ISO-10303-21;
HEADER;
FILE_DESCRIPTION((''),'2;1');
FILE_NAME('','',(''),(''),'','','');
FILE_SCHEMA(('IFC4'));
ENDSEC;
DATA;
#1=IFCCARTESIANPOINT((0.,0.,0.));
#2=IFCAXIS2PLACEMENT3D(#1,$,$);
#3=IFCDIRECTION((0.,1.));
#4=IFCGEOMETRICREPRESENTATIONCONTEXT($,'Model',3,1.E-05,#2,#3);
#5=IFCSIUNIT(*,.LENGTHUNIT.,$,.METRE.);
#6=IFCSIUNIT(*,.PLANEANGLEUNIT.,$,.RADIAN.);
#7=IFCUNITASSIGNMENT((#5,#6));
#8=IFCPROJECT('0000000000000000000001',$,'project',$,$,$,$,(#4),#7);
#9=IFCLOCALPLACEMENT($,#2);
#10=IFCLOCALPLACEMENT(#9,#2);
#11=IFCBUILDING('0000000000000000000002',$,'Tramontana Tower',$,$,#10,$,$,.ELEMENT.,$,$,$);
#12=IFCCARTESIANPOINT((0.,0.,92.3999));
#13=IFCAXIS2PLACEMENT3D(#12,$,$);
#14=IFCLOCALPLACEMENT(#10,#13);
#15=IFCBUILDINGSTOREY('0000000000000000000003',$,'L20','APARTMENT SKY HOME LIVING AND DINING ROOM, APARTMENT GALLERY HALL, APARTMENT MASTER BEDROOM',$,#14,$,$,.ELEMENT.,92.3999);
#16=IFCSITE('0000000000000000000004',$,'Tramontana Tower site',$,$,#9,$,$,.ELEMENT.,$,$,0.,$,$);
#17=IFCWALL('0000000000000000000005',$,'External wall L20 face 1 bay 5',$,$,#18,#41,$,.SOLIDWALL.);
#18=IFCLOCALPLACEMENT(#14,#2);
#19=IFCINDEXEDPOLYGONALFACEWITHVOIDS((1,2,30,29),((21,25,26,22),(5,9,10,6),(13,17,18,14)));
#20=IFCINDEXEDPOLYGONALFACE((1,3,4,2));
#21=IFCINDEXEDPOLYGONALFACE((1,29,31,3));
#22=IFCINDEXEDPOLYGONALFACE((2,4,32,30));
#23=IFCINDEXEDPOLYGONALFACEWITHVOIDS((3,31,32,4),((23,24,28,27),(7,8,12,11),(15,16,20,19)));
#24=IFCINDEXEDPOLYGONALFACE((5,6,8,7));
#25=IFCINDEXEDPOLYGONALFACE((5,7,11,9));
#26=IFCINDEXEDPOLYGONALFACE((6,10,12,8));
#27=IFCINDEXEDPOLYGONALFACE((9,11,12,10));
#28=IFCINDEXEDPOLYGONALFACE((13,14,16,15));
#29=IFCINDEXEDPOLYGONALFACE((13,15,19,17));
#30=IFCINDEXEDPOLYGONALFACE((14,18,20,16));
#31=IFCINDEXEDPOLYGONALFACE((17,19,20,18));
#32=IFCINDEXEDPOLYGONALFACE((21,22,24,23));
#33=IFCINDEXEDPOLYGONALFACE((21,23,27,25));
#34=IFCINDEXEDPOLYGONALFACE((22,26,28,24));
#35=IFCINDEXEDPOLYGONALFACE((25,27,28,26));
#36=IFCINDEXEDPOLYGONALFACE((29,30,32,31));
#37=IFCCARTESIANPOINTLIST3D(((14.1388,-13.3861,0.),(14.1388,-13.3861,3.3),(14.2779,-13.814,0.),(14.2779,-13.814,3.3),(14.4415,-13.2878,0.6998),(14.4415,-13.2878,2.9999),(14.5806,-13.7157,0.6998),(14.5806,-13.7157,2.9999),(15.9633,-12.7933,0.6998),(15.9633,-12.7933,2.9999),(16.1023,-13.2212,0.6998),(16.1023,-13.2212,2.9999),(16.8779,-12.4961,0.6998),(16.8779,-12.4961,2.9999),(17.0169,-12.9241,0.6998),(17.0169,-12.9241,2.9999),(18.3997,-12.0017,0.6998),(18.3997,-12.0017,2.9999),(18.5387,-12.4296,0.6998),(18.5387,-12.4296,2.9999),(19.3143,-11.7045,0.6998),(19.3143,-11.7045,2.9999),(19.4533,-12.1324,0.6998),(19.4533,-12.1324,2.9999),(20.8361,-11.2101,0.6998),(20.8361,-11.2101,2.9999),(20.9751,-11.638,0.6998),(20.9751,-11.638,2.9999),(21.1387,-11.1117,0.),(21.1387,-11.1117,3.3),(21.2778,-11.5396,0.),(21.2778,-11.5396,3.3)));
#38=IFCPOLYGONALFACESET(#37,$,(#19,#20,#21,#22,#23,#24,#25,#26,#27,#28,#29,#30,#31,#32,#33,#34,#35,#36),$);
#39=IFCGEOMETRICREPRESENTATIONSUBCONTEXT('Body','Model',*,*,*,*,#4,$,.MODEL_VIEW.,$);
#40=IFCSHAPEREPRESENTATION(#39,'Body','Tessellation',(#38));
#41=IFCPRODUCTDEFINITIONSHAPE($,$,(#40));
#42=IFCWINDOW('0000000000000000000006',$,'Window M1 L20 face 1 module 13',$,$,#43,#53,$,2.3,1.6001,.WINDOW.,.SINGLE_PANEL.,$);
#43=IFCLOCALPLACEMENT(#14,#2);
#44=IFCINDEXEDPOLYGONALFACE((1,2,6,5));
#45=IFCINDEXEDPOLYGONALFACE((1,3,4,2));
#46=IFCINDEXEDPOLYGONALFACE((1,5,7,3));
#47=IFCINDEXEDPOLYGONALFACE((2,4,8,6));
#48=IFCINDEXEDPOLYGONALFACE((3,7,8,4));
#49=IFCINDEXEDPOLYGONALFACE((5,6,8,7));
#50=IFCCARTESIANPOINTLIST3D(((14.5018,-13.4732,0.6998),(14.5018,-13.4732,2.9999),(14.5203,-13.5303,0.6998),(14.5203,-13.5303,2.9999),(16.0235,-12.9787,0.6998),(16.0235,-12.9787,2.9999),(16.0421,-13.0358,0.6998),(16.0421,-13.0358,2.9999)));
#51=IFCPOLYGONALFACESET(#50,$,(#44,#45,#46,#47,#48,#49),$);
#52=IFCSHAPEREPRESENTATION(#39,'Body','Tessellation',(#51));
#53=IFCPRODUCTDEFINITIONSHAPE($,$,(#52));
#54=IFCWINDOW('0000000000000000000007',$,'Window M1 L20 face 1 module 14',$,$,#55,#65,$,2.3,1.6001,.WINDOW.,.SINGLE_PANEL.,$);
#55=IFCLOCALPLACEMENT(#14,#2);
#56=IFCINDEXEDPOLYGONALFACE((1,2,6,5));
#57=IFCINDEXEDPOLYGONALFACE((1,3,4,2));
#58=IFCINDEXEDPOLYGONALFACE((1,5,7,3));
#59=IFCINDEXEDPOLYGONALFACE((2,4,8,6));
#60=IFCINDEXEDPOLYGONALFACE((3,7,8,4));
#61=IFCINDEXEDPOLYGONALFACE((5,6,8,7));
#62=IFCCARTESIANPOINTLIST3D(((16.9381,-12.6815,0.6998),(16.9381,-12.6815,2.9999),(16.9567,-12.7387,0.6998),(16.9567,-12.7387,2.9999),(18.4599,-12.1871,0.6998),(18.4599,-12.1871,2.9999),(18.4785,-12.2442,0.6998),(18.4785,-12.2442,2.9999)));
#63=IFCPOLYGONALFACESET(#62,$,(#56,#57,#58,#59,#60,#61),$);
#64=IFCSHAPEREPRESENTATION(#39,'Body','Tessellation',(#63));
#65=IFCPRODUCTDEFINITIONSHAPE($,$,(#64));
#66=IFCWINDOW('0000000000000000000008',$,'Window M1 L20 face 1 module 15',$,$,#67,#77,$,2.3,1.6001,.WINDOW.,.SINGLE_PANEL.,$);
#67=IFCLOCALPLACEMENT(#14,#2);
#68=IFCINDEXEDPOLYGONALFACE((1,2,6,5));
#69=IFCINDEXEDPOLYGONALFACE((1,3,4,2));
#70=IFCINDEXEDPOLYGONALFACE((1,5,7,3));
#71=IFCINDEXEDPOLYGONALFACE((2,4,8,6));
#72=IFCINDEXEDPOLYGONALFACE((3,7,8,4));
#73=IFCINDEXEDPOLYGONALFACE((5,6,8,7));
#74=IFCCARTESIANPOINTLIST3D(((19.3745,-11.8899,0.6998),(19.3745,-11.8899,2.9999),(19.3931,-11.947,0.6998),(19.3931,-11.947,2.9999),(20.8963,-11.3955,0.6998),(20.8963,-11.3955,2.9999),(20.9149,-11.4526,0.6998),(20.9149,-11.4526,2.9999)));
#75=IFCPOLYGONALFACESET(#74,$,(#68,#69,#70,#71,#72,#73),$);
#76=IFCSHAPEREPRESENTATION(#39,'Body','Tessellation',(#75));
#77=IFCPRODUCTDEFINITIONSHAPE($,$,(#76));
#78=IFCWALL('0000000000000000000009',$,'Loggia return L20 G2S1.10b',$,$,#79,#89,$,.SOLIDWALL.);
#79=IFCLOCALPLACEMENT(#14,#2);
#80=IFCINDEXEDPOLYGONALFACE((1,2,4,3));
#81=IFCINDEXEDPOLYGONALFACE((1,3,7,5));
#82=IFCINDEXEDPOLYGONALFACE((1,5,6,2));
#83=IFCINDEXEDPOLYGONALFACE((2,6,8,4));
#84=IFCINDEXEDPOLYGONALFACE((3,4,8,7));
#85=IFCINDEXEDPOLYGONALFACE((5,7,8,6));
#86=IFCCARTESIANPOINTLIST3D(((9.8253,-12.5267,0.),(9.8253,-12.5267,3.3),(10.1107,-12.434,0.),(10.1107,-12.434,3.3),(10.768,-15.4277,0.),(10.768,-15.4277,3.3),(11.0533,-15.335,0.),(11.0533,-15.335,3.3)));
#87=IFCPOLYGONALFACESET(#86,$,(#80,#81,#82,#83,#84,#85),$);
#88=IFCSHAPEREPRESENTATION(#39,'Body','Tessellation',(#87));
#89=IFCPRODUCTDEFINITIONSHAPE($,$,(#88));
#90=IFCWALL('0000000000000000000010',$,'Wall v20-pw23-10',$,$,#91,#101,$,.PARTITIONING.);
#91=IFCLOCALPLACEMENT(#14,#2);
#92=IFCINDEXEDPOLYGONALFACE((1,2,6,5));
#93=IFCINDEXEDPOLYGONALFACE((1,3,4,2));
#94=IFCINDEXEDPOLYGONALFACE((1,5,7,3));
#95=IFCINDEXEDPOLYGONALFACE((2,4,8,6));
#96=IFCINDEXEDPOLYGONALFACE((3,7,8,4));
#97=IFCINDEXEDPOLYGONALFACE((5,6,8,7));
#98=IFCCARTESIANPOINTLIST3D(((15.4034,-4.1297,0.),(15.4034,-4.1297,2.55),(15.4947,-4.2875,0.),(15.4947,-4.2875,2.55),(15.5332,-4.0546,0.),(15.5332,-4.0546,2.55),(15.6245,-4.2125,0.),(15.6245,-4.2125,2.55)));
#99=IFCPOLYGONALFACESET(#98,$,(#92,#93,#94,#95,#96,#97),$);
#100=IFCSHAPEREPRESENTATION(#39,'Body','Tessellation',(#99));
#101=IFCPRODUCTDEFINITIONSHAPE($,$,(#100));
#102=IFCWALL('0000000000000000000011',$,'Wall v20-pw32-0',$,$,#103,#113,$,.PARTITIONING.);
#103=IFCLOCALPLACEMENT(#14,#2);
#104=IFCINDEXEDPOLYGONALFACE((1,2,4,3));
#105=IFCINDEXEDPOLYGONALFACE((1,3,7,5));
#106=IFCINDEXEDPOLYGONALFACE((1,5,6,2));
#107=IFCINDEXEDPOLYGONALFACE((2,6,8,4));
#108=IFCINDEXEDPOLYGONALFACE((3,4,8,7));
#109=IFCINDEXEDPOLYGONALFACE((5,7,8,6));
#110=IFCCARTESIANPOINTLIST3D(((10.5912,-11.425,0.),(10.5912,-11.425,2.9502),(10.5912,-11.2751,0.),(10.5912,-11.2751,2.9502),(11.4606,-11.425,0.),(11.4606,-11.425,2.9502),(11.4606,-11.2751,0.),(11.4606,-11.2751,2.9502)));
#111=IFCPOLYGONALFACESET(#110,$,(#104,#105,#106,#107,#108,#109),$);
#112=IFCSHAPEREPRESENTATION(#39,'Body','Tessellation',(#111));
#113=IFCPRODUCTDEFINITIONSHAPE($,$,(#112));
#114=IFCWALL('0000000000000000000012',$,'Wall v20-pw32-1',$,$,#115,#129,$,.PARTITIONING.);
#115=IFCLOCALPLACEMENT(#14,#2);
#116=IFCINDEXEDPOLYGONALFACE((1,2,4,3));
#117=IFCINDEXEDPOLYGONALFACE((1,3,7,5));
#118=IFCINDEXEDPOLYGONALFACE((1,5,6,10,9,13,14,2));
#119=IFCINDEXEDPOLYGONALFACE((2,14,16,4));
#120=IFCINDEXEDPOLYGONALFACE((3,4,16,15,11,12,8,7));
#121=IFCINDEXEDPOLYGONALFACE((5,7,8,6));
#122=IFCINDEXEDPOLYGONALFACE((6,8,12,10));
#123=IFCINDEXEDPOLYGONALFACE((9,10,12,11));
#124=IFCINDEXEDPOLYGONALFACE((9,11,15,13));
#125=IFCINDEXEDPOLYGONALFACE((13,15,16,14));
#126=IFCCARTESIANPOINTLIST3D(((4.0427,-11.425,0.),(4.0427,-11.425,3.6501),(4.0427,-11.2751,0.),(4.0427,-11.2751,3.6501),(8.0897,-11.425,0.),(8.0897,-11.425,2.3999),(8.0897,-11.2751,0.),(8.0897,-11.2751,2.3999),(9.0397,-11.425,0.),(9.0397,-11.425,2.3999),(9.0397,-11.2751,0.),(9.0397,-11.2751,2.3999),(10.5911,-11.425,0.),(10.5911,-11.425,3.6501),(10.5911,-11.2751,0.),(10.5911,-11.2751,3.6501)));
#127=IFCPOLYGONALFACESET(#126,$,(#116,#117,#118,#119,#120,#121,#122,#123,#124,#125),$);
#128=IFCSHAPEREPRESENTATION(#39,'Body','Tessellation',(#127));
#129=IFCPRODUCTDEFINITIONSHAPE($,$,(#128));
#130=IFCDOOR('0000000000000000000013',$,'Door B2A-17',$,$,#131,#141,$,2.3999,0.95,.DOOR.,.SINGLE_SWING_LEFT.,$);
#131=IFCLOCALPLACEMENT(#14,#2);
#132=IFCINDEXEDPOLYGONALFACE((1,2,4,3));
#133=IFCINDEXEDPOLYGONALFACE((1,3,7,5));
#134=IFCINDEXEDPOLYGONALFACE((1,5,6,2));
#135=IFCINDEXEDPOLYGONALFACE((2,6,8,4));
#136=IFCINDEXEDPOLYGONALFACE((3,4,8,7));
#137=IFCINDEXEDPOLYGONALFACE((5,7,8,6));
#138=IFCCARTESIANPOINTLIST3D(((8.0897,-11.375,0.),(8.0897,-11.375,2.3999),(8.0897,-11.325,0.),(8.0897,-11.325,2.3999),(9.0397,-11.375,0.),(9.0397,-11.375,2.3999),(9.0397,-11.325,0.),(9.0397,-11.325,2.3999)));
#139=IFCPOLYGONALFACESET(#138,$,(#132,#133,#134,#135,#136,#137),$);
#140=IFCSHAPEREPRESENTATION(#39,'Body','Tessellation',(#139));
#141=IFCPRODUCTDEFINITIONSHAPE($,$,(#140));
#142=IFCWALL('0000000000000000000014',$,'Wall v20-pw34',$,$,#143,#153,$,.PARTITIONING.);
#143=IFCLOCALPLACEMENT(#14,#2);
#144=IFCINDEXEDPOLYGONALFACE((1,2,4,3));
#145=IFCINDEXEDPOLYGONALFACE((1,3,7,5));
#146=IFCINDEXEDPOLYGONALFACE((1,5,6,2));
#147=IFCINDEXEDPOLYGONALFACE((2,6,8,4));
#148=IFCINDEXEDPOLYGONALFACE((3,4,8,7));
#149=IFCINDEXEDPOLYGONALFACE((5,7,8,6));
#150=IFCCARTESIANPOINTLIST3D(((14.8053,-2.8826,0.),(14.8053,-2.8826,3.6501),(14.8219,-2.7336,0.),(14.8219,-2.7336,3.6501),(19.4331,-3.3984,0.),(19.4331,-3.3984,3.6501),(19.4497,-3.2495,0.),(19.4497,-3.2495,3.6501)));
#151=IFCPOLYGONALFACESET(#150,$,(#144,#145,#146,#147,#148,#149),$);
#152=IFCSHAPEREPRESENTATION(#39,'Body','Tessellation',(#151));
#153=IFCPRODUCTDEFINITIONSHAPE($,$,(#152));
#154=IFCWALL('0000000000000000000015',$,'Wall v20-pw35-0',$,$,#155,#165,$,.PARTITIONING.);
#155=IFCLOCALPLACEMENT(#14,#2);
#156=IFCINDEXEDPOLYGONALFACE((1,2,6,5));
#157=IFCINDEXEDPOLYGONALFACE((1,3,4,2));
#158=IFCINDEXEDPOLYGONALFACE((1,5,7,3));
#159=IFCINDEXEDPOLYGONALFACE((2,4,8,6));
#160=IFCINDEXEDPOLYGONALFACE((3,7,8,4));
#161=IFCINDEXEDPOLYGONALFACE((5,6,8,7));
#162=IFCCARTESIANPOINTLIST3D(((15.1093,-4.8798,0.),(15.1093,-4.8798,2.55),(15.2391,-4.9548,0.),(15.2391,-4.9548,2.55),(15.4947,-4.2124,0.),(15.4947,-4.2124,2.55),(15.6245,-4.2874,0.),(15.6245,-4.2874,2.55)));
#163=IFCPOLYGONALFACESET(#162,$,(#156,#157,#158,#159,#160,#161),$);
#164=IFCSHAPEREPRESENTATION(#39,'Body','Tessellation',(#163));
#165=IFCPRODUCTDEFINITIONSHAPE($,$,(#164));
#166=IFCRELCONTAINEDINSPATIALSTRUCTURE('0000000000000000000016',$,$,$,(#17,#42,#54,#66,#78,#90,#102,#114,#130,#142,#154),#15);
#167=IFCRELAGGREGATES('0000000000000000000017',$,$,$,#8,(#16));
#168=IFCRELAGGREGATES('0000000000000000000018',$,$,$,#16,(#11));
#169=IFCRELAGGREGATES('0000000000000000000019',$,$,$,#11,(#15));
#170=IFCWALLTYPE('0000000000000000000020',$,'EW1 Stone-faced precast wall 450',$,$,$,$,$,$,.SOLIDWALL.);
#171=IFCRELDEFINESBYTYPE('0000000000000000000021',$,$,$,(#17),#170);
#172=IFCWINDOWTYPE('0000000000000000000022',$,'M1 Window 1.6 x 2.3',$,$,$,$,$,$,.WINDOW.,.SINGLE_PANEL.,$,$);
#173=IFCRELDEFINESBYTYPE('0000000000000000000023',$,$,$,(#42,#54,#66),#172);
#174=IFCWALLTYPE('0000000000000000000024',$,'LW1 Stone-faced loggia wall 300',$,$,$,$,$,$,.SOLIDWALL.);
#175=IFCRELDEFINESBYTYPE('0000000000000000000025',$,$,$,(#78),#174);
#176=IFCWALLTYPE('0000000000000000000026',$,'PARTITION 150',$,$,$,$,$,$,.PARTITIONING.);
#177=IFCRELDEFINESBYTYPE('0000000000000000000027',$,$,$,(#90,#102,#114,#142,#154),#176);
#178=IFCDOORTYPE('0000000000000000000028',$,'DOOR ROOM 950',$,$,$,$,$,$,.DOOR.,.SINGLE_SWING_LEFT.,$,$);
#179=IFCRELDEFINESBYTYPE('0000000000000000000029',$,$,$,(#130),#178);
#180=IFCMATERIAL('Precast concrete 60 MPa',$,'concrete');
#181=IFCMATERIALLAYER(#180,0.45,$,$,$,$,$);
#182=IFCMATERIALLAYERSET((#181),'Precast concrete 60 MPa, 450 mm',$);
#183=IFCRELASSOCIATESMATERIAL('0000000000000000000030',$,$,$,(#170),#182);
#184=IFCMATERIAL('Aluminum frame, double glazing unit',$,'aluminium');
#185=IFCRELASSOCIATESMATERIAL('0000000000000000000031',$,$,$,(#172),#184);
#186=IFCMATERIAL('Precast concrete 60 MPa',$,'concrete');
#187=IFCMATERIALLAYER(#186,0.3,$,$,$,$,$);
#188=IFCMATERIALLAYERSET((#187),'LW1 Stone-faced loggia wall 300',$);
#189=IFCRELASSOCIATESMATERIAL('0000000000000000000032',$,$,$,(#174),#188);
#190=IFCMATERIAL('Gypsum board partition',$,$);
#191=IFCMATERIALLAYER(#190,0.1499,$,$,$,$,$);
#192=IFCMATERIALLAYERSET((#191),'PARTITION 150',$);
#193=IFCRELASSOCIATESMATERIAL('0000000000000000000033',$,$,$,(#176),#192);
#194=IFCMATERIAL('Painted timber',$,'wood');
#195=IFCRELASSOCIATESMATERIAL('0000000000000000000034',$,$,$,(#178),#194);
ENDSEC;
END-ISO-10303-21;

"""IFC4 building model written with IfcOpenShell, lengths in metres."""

from ifc_helpers import new_model, si_unit, direction, frame, frame_2d, origin, place, context, subcontext, project, spatial, rectangle, extrude, material, layer, layer_set, type_object, element, fill, save


model = new_model("IFC4")

# Units and contexts
model_context = context("Model", 3, precision=1e-05, world=origin(), true_north=direction((0.0, 1.0)))
body_context = subcontext(model_context, "Body", "Model", "MODEL_VIEW")
ifc_project = project(units=[si_unit("LENGTHUNIT", "METRE"), si_unit("PLANEANGLEUNIT", "RADIAN")], contexts=[model_context])

# Site, building, storey
site_placement = place(None, origin())
site = spatial("IfcSite", under=ifc_project, at=site_placement, Name="Tramontana Tower site", CompositionType="ELEMENT", RefElevation=0.0)
building_placement = place(site_placement, origin())
building = spatial("IfcBuilding", under=site, at=building_placement, Name="Tramontana Tower", CompositionType="ELEMENT")
storey_placement = place(building_placement, frame((0.0, 0.0, 92.3999)))
storey = spatial("IfcBuildingStorey", under=building, at=storey_placement, Name="L20", Description="APARTMENT SKY HOME LIVING AND DINING ROOM, APARTMENT GALLERY HALL, APARTMENT MASTER BEDROOM", CompositionType="ELEMENT", Elevation=92.3999)

# Shared definitions
ifc_material_1 = material(Name="Precast concrete 60 MPa", Category="concrete")
ifc_layer_1 = layer(ifc_material_1, 0.45)
ifc_layer_set_1 = layer_set([ifc_layer_1], Name="Precast concrete 60 MPa, 450 mm")
wall_type_1 = type_object("IfcWallType", Name="EW1 Stone-faced precast wall 450", PredefinedType="SOLIDWALL", material=ifc_layer_set_1)
ifc_material_2 = material(Name="Aluminum frame, double glazing unit", Category="aluminium")
window_type = type_object("IfcWindowType", Name="M1 Window 1.6 x 2.3", PartitioningType="SINGLE_PANEL", PredefinedType="WINDOW", material=ifc_material_2)

# Wall, openings, windows
wall_1_placement = place(storey_placement, frame((14.2083, -13.6001, 0.0), z_axis=(0.0, 0.0, 1.0), x_axis=(0.951057, 0.309014, 0.0)))
wall_1 = element("IfcWall", 1, at=wall_1_placement, inside=storey, type_object=wall_type_1, Name="External wall L20 face 1 bay 5", PredefinedType="SOLIDWALL", context=body_context, shape_type="SweptSolid", body=[
    extrude(rectangle(XDim=7.3601, YDim=0.45, at=frame_2d((3.6802, 0.0))), origin(), (0.0, 0.0, 1.0), 3.3),
])
opening_1_placement = place(wall_1_placement, frame((0.3184, 0.0, 0.7)))
opening_1 = element("IfcOpeningElement", 2, at=opening_1_placement, cuts=wall_1, PredefinedType="OPENING", context=body_context, shape_type="SweptSolid", body=[
    extrude(rectangle(XDim=1.6001, YDim=2.3, at=frame_2d((0.8, 1.1499))), frame((0.0, 0.2349, 0.0), z_axis=(0.0, -1.0, 0.0), x_axis=(1.0, 0.0, 0.0)), (0.0, 0.0, 1.0), 0.47),
])
opening_2_placement = place(wall_1_placement, frame((2.8801, 0.0, 0.7)))
opening_2 = element("IfcOpeningElement", 3, at=opening_2_placement, cuts=wall_1, PredefinedType="OPENING", context=body_context, shape_type="SweptSolid", body=[
    extrude(rectangle(XDim=1.6001, YDim=2.3, at=frame_2d((0.8, 1.1499))), frame((0.0, 0.2349, 0.0), z_axis=(0.0, -1.0, 0.0), x_axis=(1.0, 0.0, 0.0)), (0.0, 0.0, 1.0), 0.47),
])
opening_3_placement = place(wall_1_placement, frame((5.4419, 0.0, 0.7)))
opening_3 = element("IfcOpeningElement", 4, at=opening_3_placement, cuts=wall_1, PredefinedType="OPENING", context=body_context, shape_type="SweptSolid", body=[
    extrude(rectangle(XDim=1.6001, YDim=2.3, at=frame_2d((0.8, 1.1499))), frame((0.0, 0.2349, 0.0), z_axis=(0.0, -1.0, 0.0), x_axis=(1.0, 0.0, 0.0)), (0.0, 0.0, 1.0), 0.47),
])
window_1_placement = place(opening_1_placement, origin())
window_1 = element("IfcWindow", 5, at=window_1_placement, inside=storey, type_object=window_type, Name="Window M1 L20 face 1 module 13", OverallHeight=2.3, OverallWidth=1.6001, PartitioningType="SINGLE_PANEL", PredefinedType="WINDOW", context=body_context, shape_type="SweptSolid", body=[
    extrude(rectangle(XDim=1.6001, YDim=2.3, at=frame_2d((0.8, 1.1499))), frame((0.0, 0.03, 0.0), z_axis=(0.0, -1.0, 0.0), x_axis=(1.0, 0.0, 0.0)), (0.0, 0.0, 1.0), 0.0601),
])
fill(opening_1, window_1)
window_2_placement = place(opening_2_placement, origin())
window_2 = element("IfcWindow", 6, at=window_2_placement, inside=storey, type_object=window_type, Name="Window M1 L20 face 1 module 14", OverallHeight=2.3, OverallWidth=1.6001, PartitioningType="SINGLE_PANEL", PredefinedType="WINDOW", context=body_context, shape_type="SweptSolid", body=[
    extrude(rectangle(XDim=1.6001, YDim=2.3, at=frame_2d((0.8, 1.1499))), frame((0.0, 0.03, 0.0), z_axis=(0.0, -1.0, 0.0), x_axis=(1.0, 0.0, 0.0)), (0.0, 0.0, 1.0), 0.0601),
])
fill(opening_2, window_2)
window_3_placement = place(opening_3_placement, origin())
window_3 = element("IfcWindow", 7, at=window_3_placement, inside=storey, type_object=window_type, Name="Window M1 L20 face 1 module 15", OverallHeight=2.3, OverallWidth=1.6001, PartitioningType="SINGLE_PANEL", PredefinedType="WINDOW", context=body_context, shape_type="SweptSolid", body=[
    extrude(rectangle(XDim=1.6001, YDim=2.3, at=frame_2d((0.8, 1.1499))), frame((0.0, 0.03, 0.0), z_axis=(0.0, -1.0, 0.0), x_axis=(1.0, 0.0, 0.0)), (0.0, 0.0, 1.0), 0.0601),
])
fill(opening_3, window_3)

# Walls
ifc_material_3 = material(Name="Precast concrete 60 MPa", Category="concrete")
ifc_layer_2 = layer(ifc_material_3, 0.3)
ifc_layer_set_2 = layer_set([ifc_layer_2], Name="LW1 Stone-faced loggia wall 300")
wall_type_2 = type_object("IfcWallType", Name="LW1 Stone-faced loggia wall 300", PredefinedType="SOLIDWALL", material=ifc_layer_set_2)
wall_2_placement = place(storey_placement, frame((10.9106, -15.3813, 0.0), z_axis=(0.0, 0.0, 1.0), x_axis=(-0.309039, 0.951049, 0.0)))
element("IfcWall", 8, at=wall_2_placement, inside=storey, type_object=wall_type_2, Name="Loggia return L20 G2S1.10b", PredefinedType="SOLIDWALL", context=body_context, shape_type="SweptSolid", body=[
    extrude(rectangle(XDim=3.0503, YDim=0.3, at=frame_2d((1.5251, 0.0))), origin(), (0.0, 0.0, 1.0), 3.3),
])
ifc_material_4 = material(Name="Gypsum board partition")
ifc_layer_3 = layer(ifc_material_4, 0.1499)
ifc_layer_set_3 = layer_set([ifc_layer_3], Name="PARTITION 150")
wall_type_3 = type_object("IfcWallType", Name="PARTITION 150", PredefinedType="PARTITIONING", material=ifc_layer_set_3)
wall_3_placement = place(storey_placement, frame((15.4683, -4.092, 0.0), z_axis=(0.0, 0.0, 1.0), x_axis=(0.500456, -0.865762, 0.0)))
element("IfcWall", 9, at=wall_3_placement, inside=storey, type_object=wall_type_3, Name="Wall v20-pw23-10", PredefinedType="PARTITIONING", context=body_context, shape_type="SweptSolid", body=[
    extrude(rectangle(XDim=0.1824, YDim=0.1499, at=frame_2d((0.0913, 0.0))), origin(), (0.0, 0.0, 1.0), 2.55),
])
wall_4_placement = place(storey_placement, frame((11.4604, -11.3501, 0.0), z_axis=(0.0, 0.0, 1.0), x_axis=(-1.0, 0.0, 0.0)))
element("IfcWall", 10, at=wall_4_placement, inside=storey, type_object=wall_type_3, Name="Wall v20-pw32-0", PredefinedType="PARTITIONING", context=body_context, shape_type="SweptSolid", body=[
    extrude(rectangle(XDim=0.8694, YDim=0.1499, at=frame_2d((0.4346, 0.0))), origin(), (0.0, 0.0, 1.0), 2.9502),
])

# Wall, opening, door
wall_5_placement = place(storey_placement, frame((10.5911, -11.3501, 0.0), z_axis=(0.0, 0.0, 1.0), x_axis=(-1.0, 0.0, 0.0)))
wall_5 = element("IfcWall", 11, at=wall_5_placement, inside=storey, type_object=wall_type_3, Name="Wall v20-pw32-1", PredefinedType="PARTITIONING", context=body_context, shape_type="SweptSolid", body=[
    extrude(rectangle(XDim=6.5483, YDim=0.1499, at=frame_2d((3.2742, 0.0))), origin(), (0.0, 0.0, 1.0), 3.6501),
])
opening_4_placement = place(wall_5_placement, frame((1.5513, 0.0, 0.0)))
opening_4 = element("IfcOpeningElement", 12, at=opening_4_placement, cuts=wall_5, PredefinedType="OPENING", context=body_context, shape_type="SweptSolid", body=[
    extrude(rectangle(XDim=0.95, YDim=2.3999, at=frame_2d((0.4751, 1.2))), frame((0.0, 0.085, 0.0), z_axis=(0.0, -1.0, 0.0), x_axis=(1.0, 0.0, 0.0)), (0.0, 0.0, 1.0), 0.1699),
])
ifc_material_5 = material(Name="Painted timber", Category="wood")
door_type_1 = type_object("IfcDoorType", Name="DOOR ROOM 950", OperationType="SINGLE_SWING_LEFT", PredefinedType="DOOR", material=ifc_material_5)
door_1_placement = place(opening_4_placement, origin())
door_1 = element("IfcDoor", 13, at=door_1_placement, inside=storey, type_object=door_type_1, Name="Door B2A-17", OperationType="SINGLE_SWING_LEFT", OverallHeight=2.3999, OverallWidth=0.95, PredefinedType="DOOR", context=body_context, shape_type="SweptSolid", body=[
    extrude(rectangle(XDim=0.95, YDim=2.3999, at=frame_2d((0.4751, 1.2))), frame((0.0, 0.0249, 0.0), z_axis=(0.0, -1.0, 0.0), x_axis=(1.0, 0.0, 0.0)), (0.0, 0.0, 1.0), 0.05),
])
fill(opening_4, door_1)

# Walls
wall_6_placement = place(storey_placement, frame((14.8137, -2.8081, 0.0), z_axis=(0.0, 0.0, 1.0), x_axis=(0.993845, -0.110783, 0.0)))
element("IfcWall", 14, at=wall_6_placement, inside=storey, type_object=wall_type_3, Name="Wall v20-pw34", PredefinedType="PARTITIONING", context=body_context, shape_type="SweptSolid", body=[
    extrude(rectangle(XDim=4.6565, YDim=0.1499, at=frame_2d((2.3281, 0.0))), origin(), (0.0, 0.0, 1.0), 3.6501),
])
wall_7_placement = place(storey_placement, frame((15.5596, -4.25, 0.0), z_axis=(0.0, 0.0, 1.0), x_axis=(-0.500125, -0.865953, 0.0)))
element("IfcWall", 15, at=wall_7_placement, inside=storey, type_object=wall_type_3, Name="Wall v20-pw35-0", PredefinedType="PARTITIONING", context=body_context, shape_type="SweptSolid", body=[
    extrude(rectangle(XDim=0.7708, YDim=0.1499, at=frame_2d((0.3853, 0.0))), origin(), (0.0, 0.0, 1.0), 2.55),
])

save(model, "model.ifc")
